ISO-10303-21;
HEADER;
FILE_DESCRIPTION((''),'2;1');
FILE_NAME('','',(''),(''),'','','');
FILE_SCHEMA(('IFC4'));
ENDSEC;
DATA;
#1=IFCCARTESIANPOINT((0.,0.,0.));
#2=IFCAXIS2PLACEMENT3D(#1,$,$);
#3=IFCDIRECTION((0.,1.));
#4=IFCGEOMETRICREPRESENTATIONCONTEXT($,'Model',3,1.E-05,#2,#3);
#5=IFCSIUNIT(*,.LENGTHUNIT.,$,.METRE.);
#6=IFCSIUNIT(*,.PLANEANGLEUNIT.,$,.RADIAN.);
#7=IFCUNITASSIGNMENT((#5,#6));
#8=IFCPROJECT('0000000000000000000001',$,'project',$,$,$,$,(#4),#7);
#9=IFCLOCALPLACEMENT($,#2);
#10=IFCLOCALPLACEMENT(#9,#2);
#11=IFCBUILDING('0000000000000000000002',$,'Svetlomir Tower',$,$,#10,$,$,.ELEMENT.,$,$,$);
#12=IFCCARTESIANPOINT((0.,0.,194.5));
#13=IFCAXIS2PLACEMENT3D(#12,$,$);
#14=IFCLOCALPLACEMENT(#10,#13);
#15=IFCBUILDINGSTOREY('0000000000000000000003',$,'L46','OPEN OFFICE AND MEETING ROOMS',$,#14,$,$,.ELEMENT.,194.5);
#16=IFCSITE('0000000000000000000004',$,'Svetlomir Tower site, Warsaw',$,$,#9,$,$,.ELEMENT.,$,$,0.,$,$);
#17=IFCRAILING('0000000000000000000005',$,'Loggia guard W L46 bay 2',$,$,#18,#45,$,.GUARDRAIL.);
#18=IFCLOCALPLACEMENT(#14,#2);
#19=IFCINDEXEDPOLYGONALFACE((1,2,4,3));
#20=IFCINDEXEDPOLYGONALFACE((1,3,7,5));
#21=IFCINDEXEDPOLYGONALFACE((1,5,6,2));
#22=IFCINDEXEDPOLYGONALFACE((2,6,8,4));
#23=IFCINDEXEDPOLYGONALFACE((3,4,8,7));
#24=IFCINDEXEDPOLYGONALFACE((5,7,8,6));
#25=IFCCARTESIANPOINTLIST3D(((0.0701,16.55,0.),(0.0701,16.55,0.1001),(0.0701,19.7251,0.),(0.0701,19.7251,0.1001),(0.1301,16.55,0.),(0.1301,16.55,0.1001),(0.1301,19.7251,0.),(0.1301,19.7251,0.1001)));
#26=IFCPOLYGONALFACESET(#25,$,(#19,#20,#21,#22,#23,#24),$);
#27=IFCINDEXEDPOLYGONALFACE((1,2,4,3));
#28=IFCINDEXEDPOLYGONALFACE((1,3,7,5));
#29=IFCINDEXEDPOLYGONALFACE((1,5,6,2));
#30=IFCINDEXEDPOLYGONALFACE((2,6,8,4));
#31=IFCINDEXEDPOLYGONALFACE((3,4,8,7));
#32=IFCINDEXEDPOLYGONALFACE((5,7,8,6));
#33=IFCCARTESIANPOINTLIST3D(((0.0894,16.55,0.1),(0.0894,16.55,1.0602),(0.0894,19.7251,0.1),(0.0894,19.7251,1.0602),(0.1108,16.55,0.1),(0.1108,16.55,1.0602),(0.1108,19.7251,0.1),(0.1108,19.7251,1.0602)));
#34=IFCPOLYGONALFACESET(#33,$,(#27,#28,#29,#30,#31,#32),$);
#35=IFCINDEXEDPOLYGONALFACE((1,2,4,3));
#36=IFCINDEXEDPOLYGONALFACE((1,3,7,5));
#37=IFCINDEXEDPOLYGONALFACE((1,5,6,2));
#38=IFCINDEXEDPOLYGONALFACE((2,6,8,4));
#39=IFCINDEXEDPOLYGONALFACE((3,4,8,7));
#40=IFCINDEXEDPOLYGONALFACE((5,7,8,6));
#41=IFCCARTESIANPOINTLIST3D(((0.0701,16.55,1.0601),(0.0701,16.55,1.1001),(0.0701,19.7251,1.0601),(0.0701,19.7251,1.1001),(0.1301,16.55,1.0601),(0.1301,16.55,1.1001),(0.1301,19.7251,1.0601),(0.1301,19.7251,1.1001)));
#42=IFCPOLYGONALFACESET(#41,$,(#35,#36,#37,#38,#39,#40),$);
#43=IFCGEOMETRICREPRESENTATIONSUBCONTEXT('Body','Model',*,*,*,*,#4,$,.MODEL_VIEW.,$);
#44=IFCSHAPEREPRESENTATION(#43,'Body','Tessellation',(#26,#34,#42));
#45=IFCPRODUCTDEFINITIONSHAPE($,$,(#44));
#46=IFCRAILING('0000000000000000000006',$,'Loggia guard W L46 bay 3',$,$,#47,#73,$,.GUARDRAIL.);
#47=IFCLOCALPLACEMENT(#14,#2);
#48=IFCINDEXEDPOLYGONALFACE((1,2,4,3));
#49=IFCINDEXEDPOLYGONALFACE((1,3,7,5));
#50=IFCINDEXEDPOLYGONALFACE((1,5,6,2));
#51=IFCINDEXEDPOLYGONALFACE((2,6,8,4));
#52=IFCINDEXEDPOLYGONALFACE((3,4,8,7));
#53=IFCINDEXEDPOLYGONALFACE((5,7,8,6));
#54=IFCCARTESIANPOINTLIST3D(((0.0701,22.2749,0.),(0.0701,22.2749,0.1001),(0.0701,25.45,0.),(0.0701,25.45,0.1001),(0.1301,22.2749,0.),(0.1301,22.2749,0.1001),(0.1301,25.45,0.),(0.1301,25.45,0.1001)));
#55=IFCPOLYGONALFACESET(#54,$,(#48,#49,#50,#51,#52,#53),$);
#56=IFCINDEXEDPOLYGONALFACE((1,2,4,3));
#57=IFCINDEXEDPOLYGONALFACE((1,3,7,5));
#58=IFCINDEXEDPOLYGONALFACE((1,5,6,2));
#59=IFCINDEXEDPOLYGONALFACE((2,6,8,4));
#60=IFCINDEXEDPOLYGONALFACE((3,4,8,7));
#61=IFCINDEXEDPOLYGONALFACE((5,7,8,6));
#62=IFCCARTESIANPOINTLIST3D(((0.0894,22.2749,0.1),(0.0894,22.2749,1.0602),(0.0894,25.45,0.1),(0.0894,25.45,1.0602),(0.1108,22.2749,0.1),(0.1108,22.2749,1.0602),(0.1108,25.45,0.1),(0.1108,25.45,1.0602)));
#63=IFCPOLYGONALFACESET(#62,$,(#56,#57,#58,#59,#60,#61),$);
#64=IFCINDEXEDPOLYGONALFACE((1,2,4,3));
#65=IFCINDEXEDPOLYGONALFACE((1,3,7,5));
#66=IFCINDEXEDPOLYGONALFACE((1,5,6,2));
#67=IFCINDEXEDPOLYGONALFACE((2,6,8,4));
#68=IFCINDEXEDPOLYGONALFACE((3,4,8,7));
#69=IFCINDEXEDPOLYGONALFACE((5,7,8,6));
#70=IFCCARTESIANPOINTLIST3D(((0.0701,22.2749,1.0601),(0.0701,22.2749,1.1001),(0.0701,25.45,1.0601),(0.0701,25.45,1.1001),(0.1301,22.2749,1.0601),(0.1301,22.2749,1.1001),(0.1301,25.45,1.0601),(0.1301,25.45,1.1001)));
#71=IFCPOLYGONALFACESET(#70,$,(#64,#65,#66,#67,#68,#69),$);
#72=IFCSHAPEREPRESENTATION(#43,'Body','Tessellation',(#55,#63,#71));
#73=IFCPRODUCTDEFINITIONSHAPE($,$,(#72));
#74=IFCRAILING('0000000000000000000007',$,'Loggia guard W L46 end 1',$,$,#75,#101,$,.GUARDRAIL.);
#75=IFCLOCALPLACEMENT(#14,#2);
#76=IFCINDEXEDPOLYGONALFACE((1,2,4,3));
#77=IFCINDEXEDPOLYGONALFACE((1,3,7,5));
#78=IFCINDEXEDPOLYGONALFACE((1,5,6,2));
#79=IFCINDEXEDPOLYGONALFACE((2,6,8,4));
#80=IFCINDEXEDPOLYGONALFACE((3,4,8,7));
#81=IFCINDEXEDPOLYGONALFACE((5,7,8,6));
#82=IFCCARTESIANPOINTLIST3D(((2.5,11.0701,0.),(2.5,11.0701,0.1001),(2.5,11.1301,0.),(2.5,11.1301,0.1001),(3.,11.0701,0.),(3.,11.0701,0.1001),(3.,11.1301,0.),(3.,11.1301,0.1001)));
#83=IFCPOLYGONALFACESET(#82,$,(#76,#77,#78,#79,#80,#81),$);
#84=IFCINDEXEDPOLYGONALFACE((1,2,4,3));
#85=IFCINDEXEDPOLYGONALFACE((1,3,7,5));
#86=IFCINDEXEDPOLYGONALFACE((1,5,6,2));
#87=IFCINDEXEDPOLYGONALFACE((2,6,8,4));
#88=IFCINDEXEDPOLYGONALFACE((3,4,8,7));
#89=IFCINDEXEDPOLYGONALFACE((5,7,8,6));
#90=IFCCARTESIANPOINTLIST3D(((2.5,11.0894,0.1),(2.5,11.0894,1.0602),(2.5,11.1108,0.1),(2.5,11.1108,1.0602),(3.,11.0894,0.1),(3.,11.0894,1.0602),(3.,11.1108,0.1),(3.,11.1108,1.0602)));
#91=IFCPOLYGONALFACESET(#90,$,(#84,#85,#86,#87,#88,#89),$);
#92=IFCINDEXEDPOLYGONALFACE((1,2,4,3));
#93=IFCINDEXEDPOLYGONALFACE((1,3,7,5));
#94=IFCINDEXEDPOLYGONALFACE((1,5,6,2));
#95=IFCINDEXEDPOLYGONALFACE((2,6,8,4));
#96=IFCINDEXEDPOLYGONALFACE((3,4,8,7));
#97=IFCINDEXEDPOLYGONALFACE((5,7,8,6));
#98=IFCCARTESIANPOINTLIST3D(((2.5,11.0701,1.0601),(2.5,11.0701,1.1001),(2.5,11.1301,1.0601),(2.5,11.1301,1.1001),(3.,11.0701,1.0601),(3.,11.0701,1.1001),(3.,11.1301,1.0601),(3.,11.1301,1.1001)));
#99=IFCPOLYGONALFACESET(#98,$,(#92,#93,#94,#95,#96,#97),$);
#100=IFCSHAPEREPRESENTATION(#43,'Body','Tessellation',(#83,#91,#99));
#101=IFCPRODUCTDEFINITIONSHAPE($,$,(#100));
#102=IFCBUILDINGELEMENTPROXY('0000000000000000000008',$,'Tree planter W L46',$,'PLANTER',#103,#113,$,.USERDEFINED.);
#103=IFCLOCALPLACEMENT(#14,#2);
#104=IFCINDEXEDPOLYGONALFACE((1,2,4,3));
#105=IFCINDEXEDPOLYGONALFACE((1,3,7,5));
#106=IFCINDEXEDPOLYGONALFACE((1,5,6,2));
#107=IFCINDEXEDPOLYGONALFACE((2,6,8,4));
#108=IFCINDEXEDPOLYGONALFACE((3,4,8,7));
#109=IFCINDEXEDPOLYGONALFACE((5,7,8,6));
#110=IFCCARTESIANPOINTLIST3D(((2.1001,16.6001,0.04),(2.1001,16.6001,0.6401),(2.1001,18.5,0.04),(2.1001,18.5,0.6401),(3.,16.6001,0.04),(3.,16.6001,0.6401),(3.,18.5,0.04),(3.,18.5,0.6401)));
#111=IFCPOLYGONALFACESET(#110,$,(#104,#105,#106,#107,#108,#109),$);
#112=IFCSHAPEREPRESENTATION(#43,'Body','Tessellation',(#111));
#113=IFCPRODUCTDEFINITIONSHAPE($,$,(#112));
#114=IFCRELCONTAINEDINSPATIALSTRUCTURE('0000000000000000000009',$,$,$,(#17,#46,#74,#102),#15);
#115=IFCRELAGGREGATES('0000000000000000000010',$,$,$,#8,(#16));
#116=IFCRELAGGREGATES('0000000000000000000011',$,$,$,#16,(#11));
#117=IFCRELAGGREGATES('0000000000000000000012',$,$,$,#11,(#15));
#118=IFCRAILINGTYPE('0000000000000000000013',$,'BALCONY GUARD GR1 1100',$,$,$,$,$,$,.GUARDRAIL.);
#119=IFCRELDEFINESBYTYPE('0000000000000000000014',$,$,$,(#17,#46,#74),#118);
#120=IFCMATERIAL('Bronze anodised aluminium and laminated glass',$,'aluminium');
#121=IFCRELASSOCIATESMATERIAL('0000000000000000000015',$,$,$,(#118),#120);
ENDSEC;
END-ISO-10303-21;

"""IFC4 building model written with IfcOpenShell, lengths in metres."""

from ifc_helpers import new_model, si_unit, direction, frame, origin, origin_2d, place, context, subcontext, project, spatial, rectangle, extrude, material, type_object, element, save


model = new_model("IFC4")

# Units and contexts
model_context = context("Model", 3, precision=1e-05, world=origin(), true_north=direction((0.0, 1.0)))
body_context = subcontext(model_context, "Body", "Model", "MODEL_VIEW")
ifc_project = project(units=[si_unit("LENGTHUNIT", "METRE"), si_unit("PLANEANGLEUNIT", "RADIAN")], contexts=[model_context])

# Site, building, storey
site_placement = place(None, origin())
site = spatial("IfcSite", under=ifc_project, at=site_placement, Name="Svetlomir Tower site, Warsaw", CompositionType="ELEMENT", RefElevation=0.0)
building_placement = place(site_placement, origin())
building = spatial("IfcBuilding", under=site, at=building_placement, Name="Svetlomir Tower", CompositionType="ELEMENT")
storey_placement = place(building_placement, frame((0.0, 0.0, 194.5)))
storey = spatial("IfcBuildingStorey", under=building, at=storey_placement, Name="L46", Description="OPEN OFFICE AND MEETING ROOMS", CompositionType="ELEMENT", Elevation=194.5)

# Railings
ifc_material_1 = material(Name="Bronze anodised aluminium and laminated glass", Category="aluminium")
railing_type = type_object("IfcRailingType", Name="BALCONY GUARD GR1 1100", PredefinedType="GUARDRAIL", material=ifc_material_1)
for number, where, name in (
    (1, (0.1001, 16.55, 0.0), "Loggia guard W L46 bay 2"),
    (2, (0.1001, 22.2749, 0.0), "Loggia guard W L46 bay 3"),
):
    element("IfcRailing", number, at=place(storey_placement, frame(where)), inside=storey, type_object=railing_type, Name=name, PredefinedType="GUARDRAIL", context=body_context, shape_type="SweptSolid", body=[
        extrude(rectangle(XDim=0.0601, YDim=0.1001, at=origin_2d()), frame((0.0, 0.0, 0.05), z_axis=(0.0, 1.0, 0.0), x_axis=(-1.0, 0.0, 0.0)), (0.0, 0.0, 1.0), 3.175),
        extrude(rectangle(XDim=0.0215, YDim=0.9602, at=origin_2d()), frame((0.0, 0.0, 0.5801), z_axis=(0.0, 1.0, 0.0), x_axis=(-1.0, 0.0, 0.0)), (0.0, 0.0, 1.0), 3.175),
        extrude(rectangle(XDim=0.0601, YDim=0.04, at=origin_2d()), frame((0.0, 0.0, 1.0801), z_axis=(0.0, 1.0, 0.0), x_axis=(-1.0, 0.0, 0.0)), (0.0, 0.0, 1.0), 3.175),
    ])
railing_placement = place(storey_placement, frame((2.5, 11.1001, 0.0)))
element("IfcRailing", 3, at=railing_placement, inside=storey, type_object=railing_type, Name="Loggia guard W L46 end 1", PredefinedType="GUARDRAIL", context=body_context, shape_type="SweptSolid", body=[
    extrude(rectangle(XDim=0.0601, YDim=0.1001, at=origin_2d()), frame((0.0, 0.0, 0.05), z_axis=(1.0, 0.0, 0.0), x_axis=(0.0, 1.0, 0.0)), (0.0, 0.0, 1.0), 0.5),
    extrude(rectangle(XDim=0.0215, YDim=0.9602, at=origin_2d()), frame((0.0, 0.0, 0.5801), z_axis=(1.0, 0.0, 0.0), x_axis=(0.0, 1.0, 0.0)), (0.0, 0.0, 1.0), 0.5),
    extrude(rectangle(XDim=0.0601, YDim=0.04, at=origin_2d()), frame((0.0, 0.0, 1.0801), z_axis=(1.0, 0.0, 0.0), x_axis=(0.0, 1.0, 0.0)), (0.0, 0.0, 1.0), 0.5),
])

# Building element proxy
proxy_placement = place(storey_placement, frame((2.55, 17.55, 0.04), z_axis=(0.0, 0.0, 1.0), x_axis=(1.0, 0.0, 0.0)))
element("IfcBuildingElementProxy", 4, at=proxy_placement, inside=storey, Name="Tree planter W L46", ObjectType="PLANTER", PredefinedType="USERDEFINED", context=body_context, shape_type="SweptSolid", body=[
    extrude(rectangle(XDim=0.8999, YDim=1.8999, at=origin_2d()), origin(), (0.0, 0.0, 1.0), 0.6001),
])

save(model, "model.ifc")
